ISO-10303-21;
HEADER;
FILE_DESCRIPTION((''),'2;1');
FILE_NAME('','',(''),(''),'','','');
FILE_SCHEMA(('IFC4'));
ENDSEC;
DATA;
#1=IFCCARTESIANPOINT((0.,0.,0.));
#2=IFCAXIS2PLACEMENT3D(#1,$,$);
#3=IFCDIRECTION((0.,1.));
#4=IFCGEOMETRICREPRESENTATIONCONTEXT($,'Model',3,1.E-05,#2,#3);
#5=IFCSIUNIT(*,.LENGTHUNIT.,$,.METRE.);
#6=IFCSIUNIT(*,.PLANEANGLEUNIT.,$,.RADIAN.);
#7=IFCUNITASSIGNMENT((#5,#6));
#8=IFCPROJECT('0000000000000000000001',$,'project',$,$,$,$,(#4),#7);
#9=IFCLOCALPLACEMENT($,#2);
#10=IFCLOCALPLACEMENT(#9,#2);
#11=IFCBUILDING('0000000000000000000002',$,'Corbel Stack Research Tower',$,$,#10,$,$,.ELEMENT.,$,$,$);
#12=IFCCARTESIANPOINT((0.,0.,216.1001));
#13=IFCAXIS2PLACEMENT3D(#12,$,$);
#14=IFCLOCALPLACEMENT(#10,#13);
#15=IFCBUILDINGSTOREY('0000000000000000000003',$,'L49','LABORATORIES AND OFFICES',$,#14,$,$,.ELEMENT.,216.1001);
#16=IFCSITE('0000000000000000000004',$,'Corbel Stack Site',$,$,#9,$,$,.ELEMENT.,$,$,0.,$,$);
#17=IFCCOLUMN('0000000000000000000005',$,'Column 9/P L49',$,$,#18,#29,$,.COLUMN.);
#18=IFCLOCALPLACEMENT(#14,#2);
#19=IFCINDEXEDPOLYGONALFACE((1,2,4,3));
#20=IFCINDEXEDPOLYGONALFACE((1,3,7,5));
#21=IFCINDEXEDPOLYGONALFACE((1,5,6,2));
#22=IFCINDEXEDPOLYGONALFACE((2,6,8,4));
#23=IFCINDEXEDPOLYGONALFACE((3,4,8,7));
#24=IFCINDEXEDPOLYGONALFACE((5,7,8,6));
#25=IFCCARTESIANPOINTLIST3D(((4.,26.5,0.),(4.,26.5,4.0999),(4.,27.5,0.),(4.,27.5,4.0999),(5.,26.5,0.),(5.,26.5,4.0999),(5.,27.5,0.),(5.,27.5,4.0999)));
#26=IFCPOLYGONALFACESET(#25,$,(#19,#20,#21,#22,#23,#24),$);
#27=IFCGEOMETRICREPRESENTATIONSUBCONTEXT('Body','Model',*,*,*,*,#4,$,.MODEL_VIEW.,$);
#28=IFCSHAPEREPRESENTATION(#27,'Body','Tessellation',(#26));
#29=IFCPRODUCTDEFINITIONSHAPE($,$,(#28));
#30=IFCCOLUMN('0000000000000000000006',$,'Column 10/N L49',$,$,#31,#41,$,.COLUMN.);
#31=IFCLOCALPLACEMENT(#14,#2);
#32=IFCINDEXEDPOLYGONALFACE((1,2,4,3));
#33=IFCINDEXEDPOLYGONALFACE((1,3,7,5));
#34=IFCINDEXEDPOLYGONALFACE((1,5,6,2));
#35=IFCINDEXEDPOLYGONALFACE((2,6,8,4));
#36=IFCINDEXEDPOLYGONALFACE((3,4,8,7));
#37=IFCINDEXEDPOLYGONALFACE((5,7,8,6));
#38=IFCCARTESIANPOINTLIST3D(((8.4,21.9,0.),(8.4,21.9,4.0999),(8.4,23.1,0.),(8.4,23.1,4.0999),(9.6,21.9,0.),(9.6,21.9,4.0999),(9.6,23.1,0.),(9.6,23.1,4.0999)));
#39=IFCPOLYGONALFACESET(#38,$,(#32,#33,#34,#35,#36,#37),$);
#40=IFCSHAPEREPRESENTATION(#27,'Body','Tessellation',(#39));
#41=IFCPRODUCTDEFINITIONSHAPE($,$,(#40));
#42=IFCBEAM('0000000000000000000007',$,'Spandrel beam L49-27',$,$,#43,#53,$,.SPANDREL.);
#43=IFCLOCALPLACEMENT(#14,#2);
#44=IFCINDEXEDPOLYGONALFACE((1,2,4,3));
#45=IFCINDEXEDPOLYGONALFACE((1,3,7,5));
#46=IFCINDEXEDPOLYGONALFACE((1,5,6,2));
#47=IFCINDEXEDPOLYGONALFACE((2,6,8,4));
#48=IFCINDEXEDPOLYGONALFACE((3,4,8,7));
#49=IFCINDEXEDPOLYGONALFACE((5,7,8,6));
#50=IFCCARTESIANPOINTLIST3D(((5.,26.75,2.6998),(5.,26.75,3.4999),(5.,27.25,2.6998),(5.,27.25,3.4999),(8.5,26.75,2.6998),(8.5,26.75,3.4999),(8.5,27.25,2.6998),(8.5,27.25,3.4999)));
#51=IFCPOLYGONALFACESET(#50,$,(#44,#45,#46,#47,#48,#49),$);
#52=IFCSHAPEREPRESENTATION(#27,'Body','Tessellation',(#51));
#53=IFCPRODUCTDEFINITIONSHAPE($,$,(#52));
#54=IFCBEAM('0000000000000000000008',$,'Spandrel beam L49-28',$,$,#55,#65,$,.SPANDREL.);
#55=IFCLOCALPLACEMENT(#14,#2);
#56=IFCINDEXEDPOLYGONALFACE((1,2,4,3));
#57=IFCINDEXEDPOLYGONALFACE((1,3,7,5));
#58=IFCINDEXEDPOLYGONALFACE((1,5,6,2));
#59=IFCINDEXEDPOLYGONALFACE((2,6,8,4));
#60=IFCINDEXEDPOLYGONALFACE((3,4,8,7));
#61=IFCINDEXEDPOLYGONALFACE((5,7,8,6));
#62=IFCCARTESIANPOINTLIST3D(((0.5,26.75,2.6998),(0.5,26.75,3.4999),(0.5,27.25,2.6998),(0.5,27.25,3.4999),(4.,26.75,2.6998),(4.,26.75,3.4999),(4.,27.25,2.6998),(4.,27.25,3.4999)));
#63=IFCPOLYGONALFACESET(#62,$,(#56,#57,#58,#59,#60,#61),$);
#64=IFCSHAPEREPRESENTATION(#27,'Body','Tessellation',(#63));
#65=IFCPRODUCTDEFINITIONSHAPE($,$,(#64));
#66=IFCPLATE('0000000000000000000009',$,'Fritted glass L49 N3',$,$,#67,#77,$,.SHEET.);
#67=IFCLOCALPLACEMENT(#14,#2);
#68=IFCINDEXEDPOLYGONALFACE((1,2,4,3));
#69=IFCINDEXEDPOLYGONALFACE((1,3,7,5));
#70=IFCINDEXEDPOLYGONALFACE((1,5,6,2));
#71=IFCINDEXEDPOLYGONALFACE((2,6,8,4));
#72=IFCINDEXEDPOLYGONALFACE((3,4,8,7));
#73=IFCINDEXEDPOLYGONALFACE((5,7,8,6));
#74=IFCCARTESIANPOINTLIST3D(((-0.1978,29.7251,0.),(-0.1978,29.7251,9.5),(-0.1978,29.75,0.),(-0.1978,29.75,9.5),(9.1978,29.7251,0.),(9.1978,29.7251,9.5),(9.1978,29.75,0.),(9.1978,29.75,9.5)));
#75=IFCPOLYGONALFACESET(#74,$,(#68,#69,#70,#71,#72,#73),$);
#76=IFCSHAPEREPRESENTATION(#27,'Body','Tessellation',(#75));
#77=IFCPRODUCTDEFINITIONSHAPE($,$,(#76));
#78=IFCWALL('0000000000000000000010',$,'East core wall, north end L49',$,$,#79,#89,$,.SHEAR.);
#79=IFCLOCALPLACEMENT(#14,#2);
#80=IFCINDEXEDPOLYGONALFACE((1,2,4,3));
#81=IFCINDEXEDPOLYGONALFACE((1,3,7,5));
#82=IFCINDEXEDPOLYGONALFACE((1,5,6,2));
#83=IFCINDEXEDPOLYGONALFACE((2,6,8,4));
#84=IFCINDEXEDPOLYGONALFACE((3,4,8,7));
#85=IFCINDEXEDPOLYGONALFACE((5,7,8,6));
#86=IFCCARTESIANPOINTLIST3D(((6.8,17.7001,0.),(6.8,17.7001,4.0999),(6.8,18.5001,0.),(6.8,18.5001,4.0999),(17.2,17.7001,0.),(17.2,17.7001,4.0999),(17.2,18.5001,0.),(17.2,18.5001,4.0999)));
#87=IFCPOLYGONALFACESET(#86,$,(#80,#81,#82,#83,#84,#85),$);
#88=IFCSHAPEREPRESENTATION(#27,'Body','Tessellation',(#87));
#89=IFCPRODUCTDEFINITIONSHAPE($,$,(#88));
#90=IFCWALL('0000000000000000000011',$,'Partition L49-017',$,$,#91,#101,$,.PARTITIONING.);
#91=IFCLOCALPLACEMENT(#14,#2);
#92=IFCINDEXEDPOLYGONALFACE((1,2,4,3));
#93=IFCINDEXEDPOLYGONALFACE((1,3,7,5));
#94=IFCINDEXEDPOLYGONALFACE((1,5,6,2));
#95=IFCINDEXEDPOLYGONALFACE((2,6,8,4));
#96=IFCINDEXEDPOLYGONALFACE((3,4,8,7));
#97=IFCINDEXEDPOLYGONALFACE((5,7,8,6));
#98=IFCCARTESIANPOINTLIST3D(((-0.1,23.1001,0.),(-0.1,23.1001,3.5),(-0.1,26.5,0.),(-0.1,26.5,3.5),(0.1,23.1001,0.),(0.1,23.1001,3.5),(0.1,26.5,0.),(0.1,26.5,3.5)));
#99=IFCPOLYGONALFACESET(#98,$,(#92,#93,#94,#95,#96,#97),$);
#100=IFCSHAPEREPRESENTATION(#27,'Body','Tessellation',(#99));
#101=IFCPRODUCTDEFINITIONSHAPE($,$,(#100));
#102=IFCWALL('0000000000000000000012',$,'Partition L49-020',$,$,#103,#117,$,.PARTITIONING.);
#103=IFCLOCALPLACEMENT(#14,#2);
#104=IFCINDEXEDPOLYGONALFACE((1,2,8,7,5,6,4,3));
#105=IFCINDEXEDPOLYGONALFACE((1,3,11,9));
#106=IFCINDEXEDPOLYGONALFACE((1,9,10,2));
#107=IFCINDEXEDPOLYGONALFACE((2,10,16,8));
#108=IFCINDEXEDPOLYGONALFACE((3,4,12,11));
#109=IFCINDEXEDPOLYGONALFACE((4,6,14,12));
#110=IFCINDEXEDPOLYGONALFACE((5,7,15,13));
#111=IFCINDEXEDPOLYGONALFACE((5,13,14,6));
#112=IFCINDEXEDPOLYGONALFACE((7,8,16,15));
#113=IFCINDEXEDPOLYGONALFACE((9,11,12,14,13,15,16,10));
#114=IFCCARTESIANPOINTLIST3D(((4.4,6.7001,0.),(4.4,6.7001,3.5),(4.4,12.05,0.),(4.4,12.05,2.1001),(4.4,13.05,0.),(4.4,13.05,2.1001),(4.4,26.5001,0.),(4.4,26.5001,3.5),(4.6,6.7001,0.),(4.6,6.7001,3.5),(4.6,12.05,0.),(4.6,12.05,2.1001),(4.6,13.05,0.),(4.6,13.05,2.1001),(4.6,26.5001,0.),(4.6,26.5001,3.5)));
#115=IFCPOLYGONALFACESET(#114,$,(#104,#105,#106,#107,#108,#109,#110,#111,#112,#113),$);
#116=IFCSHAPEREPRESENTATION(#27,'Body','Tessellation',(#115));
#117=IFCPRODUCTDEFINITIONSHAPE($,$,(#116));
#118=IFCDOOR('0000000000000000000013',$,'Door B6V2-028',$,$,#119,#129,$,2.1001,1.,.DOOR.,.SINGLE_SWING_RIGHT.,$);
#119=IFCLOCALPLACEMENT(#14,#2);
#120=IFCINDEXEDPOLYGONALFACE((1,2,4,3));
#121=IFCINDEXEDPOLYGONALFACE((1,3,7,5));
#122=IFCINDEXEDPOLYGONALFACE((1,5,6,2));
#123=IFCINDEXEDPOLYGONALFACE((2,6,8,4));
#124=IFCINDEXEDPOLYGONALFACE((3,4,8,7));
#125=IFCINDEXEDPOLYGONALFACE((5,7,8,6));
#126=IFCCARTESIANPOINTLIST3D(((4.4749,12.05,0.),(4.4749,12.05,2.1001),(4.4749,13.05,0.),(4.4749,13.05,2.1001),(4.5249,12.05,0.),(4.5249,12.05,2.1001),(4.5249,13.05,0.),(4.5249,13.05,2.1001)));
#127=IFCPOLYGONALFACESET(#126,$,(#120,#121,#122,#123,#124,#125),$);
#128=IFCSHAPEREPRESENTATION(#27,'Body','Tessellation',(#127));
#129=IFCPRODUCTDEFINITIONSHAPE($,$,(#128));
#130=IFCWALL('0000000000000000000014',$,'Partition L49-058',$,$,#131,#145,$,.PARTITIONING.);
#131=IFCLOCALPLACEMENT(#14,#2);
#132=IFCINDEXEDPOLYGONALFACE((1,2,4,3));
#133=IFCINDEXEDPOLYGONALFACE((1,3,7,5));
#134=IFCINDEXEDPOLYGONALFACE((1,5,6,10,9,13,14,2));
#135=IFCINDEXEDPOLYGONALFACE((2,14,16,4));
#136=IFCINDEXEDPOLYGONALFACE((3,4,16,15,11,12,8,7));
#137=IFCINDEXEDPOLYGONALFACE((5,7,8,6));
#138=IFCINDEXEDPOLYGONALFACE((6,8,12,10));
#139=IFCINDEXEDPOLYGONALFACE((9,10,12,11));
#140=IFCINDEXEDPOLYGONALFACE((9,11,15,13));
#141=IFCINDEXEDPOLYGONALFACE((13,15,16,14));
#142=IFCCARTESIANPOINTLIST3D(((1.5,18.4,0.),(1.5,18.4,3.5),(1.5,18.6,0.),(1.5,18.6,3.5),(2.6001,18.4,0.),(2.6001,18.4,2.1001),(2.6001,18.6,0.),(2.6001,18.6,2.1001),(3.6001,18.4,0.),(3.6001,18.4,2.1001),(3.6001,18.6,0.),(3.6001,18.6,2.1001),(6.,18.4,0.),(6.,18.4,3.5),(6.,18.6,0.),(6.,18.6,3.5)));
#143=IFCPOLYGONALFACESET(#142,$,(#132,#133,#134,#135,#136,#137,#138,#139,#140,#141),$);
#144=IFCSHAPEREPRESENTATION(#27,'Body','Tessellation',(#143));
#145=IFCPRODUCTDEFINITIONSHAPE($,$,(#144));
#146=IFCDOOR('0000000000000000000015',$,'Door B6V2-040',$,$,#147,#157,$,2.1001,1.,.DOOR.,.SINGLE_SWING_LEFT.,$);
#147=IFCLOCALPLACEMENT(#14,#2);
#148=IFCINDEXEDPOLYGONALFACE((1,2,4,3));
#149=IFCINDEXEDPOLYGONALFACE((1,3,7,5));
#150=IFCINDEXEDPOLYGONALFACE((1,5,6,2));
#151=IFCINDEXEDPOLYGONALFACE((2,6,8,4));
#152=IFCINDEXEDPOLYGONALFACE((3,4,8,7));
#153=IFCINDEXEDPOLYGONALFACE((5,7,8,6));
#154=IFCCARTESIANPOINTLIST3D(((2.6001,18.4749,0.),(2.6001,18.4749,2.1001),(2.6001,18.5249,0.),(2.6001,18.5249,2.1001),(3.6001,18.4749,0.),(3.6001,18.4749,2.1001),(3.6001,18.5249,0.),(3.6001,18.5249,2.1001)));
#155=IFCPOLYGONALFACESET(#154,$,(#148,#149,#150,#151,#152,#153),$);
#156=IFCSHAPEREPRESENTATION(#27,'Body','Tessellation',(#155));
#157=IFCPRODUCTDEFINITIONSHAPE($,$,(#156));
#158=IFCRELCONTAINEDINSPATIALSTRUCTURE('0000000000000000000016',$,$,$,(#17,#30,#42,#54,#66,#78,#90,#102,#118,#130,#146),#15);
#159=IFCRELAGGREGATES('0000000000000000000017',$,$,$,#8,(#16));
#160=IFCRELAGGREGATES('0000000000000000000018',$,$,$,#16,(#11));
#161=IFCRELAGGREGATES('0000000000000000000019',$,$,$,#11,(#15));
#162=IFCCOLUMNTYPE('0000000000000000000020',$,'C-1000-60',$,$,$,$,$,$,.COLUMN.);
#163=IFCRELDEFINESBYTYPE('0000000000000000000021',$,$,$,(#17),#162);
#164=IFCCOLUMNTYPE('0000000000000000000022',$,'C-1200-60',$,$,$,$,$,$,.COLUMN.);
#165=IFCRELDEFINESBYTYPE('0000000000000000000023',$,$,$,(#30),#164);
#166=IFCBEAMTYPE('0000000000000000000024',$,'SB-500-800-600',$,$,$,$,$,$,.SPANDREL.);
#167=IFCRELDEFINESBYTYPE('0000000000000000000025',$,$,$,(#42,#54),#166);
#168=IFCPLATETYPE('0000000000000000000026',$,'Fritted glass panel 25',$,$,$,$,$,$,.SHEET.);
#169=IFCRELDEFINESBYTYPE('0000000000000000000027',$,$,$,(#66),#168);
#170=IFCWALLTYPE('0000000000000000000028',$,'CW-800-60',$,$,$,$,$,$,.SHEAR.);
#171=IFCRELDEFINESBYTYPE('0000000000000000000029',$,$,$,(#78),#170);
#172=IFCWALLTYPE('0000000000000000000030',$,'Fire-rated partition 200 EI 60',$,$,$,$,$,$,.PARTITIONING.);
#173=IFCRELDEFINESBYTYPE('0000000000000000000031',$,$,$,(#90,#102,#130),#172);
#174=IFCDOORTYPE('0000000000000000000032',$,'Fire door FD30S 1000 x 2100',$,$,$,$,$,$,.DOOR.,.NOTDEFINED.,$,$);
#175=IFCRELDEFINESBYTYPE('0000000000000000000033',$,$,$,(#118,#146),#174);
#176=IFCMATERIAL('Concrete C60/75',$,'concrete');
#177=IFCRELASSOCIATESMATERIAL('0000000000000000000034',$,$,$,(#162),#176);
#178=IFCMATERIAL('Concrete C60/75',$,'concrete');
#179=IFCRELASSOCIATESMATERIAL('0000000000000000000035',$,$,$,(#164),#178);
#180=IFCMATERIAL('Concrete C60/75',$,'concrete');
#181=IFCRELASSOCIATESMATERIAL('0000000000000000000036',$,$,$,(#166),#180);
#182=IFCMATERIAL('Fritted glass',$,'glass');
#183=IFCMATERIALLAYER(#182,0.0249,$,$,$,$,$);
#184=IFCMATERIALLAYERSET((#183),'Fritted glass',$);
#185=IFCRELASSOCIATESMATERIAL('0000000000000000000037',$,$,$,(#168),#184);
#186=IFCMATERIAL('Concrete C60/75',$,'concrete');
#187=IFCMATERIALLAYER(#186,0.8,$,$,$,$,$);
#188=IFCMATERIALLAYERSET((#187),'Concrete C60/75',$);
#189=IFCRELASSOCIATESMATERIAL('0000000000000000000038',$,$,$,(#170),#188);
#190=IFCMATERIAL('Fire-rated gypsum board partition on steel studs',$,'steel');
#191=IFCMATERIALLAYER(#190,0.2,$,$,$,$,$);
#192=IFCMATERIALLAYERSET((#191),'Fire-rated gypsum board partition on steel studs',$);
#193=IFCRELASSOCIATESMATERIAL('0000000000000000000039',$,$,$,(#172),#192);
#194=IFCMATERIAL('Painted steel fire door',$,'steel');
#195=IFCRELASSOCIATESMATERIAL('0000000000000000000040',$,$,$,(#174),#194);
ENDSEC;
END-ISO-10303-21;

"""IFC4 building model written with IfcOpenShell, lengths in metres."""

from ifc_helpers import new_model, si_unit, direction, frame, frame_2d, origin, origin_2d, place, context, subcontext, project, spatial, rectangle, extrude, material, layer, layer_set, material_profile, profile_set, type_object, element, fill, save


model = new_model("IFC4")

# Units and contexts
model_context = context("Model", 3, precision=1e-05, world=origin(), true_north=direction((0.0, 1.0)))
body_context = subcontext(model_context, "Body", "Model", "MODEL_VIEW")
ifc_project = project(units=[si_unit("LENGTHUNIT", "METRE"), si_unit("PLANEANGLEUNIT", "RADIAN")], contexts=[model_context])

# Site, building, storey
site_placement = place(None, origin())
site = spatial("IfcSite", under=ifc_project, at=site_placement, Name="Corbel Stack Site", CompositionType="ELEMENT", RefElevation=0.0)
building_placement = place(site_placement, origin())
building = spatial("IfcBuilding", under=site, at=building_placement, Name="Corbel Stack Research Tower", CompositionType="ELEMENT")
storey_placement = place(building_placement, frame((0.0, 0.0, 216.1001)))
storey = spatial("IfcBuildingStorey", under=building, at=storey_placement, Name="L49", Description="LABORATORIES AND OFFICES", CompositionType="ELEMENT", Elevation=216.1001)

# Columns
ifc_material_1 = material(Name="Concrete C60/75", Category="concrete")
ifc_material_profile_1 = material_profile(ifc_material_1, rectangle(XDim=1.0, YDim=1.0, at=origin_2d()), Name="RC 1000 x 1000")
ifc_profile_set_1 = profile_set([ifc_material_profile_1], Name="Concrete C60/75")
column_type_1 = type_object("IfcColumnType", Name="C-1000-60", PredefinedType="COLUMN", material=ifc_profile_set_1)
column_1_placement = place(storey_placement, frame((4.5, 27.0, 0.0), z_axis=(0.0, 0.0, 1.0), x_axis=(1.0, 0.0, 0.0)))
element("IfcColumn", 1, at=column_1_placement, inside=storey, type_object=column_type_1, Name="Column 9/P L49", PredefinedType="COLUMN", context=body_context, shape_type="SweptSolid", body=[
    extrude(rectangle(XDim=1.0, YDim=1.0, at=origin_2d()), origin(), (0.0, 0.0, 1.0), 4.0999),
])
ifc_material_2 = material(Name="Concrete C60/75", Category="concrete")
ifc_material_profile_2 = material_profile(ifc_material_2, rectangle(XDim=1.2, YDim=1.2, at=origin_2d()), Name="RC 1200 x 1200")
ifc_profile_set_2 = profile_set([ifc_material_profile_2], Name="Concrete C60/75")
column_type_2 = type_object("IfcColumnType", Name="C-1200-60", PredefinedType="COLUMN", material=ifc_profile_set_2)
column_2_placement = place(storey_placement, frame((9.0, 22.5, 0.0), z_axis=(0.0, 0.0, 1.0), x_axis=(1.0, 0.0, 0.0)))
element("IfcColumn", 2, at=column_2_placement, inside=storey, type_object=column_type_2, Name="Column 10/N L49", PredefinedType="COLUMN", context=body_context, shape_type="SweptSolid", body=[
    extrude(rectangle(XDim=1.2, YDim=1.2, at=origin_2d()), origin(), (0.0, 0.0, 1.0), 4.0999),
])

# Beams
ifc_material_3 = material(Name="Concrete C60/75", Category="concrete")
ifc_material_profile_3 = material_profile(ifc_material_3, rectangle(XDim=0.5, YDim=0.8, at=origin_2d()), Name="RC 500 x 800")
ifc_profile_set_3 = profile_set([ifc_material_profile_3], Name="Concrete C60/75")
beam_type = type_object("IfcBeamType", Name="SB-500-800-600", PredefinedType="SPANDREL", material=ifc_profile_set_3)
for number, where, z_axis, x_axis, name in (
    (3, (8.5, 27.0, 3.0999), (-1.0, 0.0, 0.0), (0.0, -1.0, 0.0), "Spandrel beam L49-27"),
    (4, (4.0, 27.0, 3.0999), (-1.0, 0.0, 0.0), (0.0, -1.0, 0.0), "Spandrel beam L49-28"),
):
    element("IfcBeam", number, at=place(storey_placement, frame(where, z_axis=z_axis, x_axis=x_axis)), inside=storey, type_object=beam_type, Name=name, PredefinedType="SPANDREL", context=body_context, shape_type="SweptSolid", body=[
        extrude(rectangle(XDim=0.5, YDim=0.8, at=origin_2d()), origin(), (0.0, 0.0, 1.0), 3.5),
    ])

# Plate
ifc_material_4 = material(Name="Fritted glass", Category="glass")
ifc_layer_1 = layer(ifc_material_4, 0.0249)
ifc_layer_set_1 = layer_set([ifc_layer_1], Name="Fritted glass")
plate_type = type_object("IfcPlateType", Name="Fritted glass panel 25", PredefinedType="SHEET", material=ifc_layer_set_1)
plate_placement = place(storey_placement, frame((4.5, 29.7375, 0.0), z_axis=(0.0, 0.0, 1.0), x_axis=(-1.0, 0.0, 0.0)))
element("IfcPlate", 5, at=plate_placement, inside=storey, type_object=plate_type, Name="Fritted glass L49 N3", PredefinedType="SHEET", context=body_context, shape_type="SweptSolid", body=[
    extrude(rectangle(XDim=9.3955, YDim=0.0249, at=origin_2d()), origin(), (0.0, 0.0, 1.0), 9.5),
])

# Walls
ifc_material_5 = material(Name="Concrete C60/75", Category="concrete")
ifc_layer_2 = layer(ifc_material_5, 0.8)
ifc_layer_set_2 = layer_set([ifc_layer_2], Name="Concrete C60/75")
wall_type_1 = type_object("IfcWallType", Name="CW-800-60", PredefinedType="SHEAR", material=ifc_layer_set_2)
wall_1_placement = place(storey_placement, frame((6.8, 18.1001, 0.0), z_axis=(0.0, 0.0, 1.0), x_axis=(1.0, 0.0, 0.0)))
element("IfcWall", 6, at=wall_1_placement, inside=storey, type_object=wall_type_1, Name="East core wall, north end L49", PredefinedType="SHEAR", context=body_context, shape_type="SweptSolid", body=[
    extrude(rectangle(XDim=10.3999, YDim=0.8, at=frame_2d((5.2, 0.0))), origin(), (0.0, 0.0, 1.0), 4.0999),
])
ifc_material_6 = material(Name="Fire-rated gypsum board partition on steel studs", Category="steel")
ifc_layer_3 = layer(ifc_material_6, 0.2)
ifc_layer_set_3 = layer_set([ifc_layer_3], Name="Fire-rated gypsum board partition on steel studs")
wall_type_2 = type_object("IfcWallType", Name="Fire-rated partition 200 EI 60", PredefinedType="PARTITIONING", material=ifc_layer_set_3)
wall_2_placement = place(storey_placement, frame((0.0, 23.1001, 0.0), z_axis=(0.0, 0.0, 1.0), x_axis=(0.0, 1.0, 0.0)))
element("IfcWall", 7, at=wall_2_placement, inside=storey, type_object=wall_type_2, Name="Partition L49-017", PredefinedType="PARTITIONING", context=body_context, shape_type="SweptSolid", body=[
    extrude(rectangle(XDim=3.3999, YDim=0.2, at=frame_2d((1.7, 0.0))), origin(), (0.0, 0.0, 1.0), 3.5),
])

# Walls, openings, doors
wall_3_placement = place(storey_placement, frame((4.5, 26.5, 0.0), z_axis=(0.0, 0.0, 1.0), x_axis=(0.0, -1.0, 0.0)))
wall_3 = element("IfcWall", 8, at=wall_3_placement, inside=storey, type_object=wall_type_2, Name="Partition L49-020", PredefinedType="PARTITIONING", context=body_context, shape_type="SweptSolid", body=[
    extrude(rectangle(XDim=19.8, YDim=0.2, at=frame_2d((9.8999, 0.0))), origin(), (0.0, 0.0, 1.0), 3.5),
])
opening_1_placement = place(wall_3_placement, frame((13.45, 0.0, 0.0)))
opening_1 = element("IfcOpeningElement", 9, at=opening_1_placement, cuts=wall_3, PredefinedType="OPENING", context=body_context, shape_type="SweptSolid", body=[
    extrude(rectangle(XDim=1.0, YDim=2.1001, at=frame_2d((0.5, 1.05))), frame((0.0, 0.1099, 0.0), z_axis=(0.0, -1.0, 0.0), x_axis=(1.0, 0.0, 0.0)), (0.0, 0.0, 1.0), 0.22),
])
ifc_material_7 = material(Name="Painted steel fire door", Category="steel")
door_type_1 = type_object("IfcDoorType", Name="Fire door FD30S 1000 x 2100", OperationType="NOTDEFINED", PredefinedType="DOOR", material=ifc_material_7)
door_1_placement = place(opening_1_placement, origin())
door_1 = element("IfcDoor", 10, at=door_1_placement, inside=storey, type_object=door_type_1, Name="Door B6V2-028", OperationType="SINGLE_SWING_RIGHT", OverallHeight=2.1001, OverallWidth=1.0, PredefinedType="DOOR", context=body_context, shape_type="SweptSolid", body=[
    extrude(rectangle(XDim=1.0, YDim=2.1001, at=frame_2d((0.5, 1.05))), frame((0.0, 0.0249, 0.0), z_axis=(0.0, -1.0, 0.0), x_axis=(1.0, 0.0, 0.0)), (0.0, 0.0, 1.0), 0.05),
])
fill(opening_1, door_1)
wall_4_placement = place(storey_placement, frame((1.5, 18.5, 0.0), z_axis=(0.0, 0.0, 1.0), x_axis=(1.0, 0.0, 0.0)))
wall_4 = element("IfcWall", 11, at=wall_4_placement, inside=storey, type_object=wall_type_2, Name="Partition L49-058", PredefinedType="PARTITIONING", context=body_context, shape_type="SweptSolid", body=[
    extrude(rectangle(XDim=4.5, YDim=0.2, at=frame_2d((2.25, 0.0))), origin(), (0.0, 0.0, 1.0), 3.5),
])
opening_2_placement = place(wall_4_placement, frame((1.1001, 0.0, 0.0)))
opening_2 = element("IfcOpeningElement", 12, at=opening_2_placement, cuts=wall_4, PredefinedType="OPENING", context=body_context, shape_type="SweptSolid", body=[
    extrude(rectangle(XDim=1.0, YDim=2.1001, at=frame_2d((0.5, 1.05))), frame((0.0, 0.1099, 0.0), z_axis=(0.0, -1.0, 0.0), x_axis=(1.0, 0.0, 0.0)), (0.0, 0.0, 1.0), 0.22),
])
door_2_placement = place(opening_2_placement, origin())
door_2 = element("IfcDoor", 13, at=door_2_placement, inside=storey, type_object=door_type_1, Name="Door B6V2-040", OperationType="SINGLE_SWING_LEFT", OverallHeight=2.1001, OverallWidth=1.0, PredefinedType="DOOR", context=body_context, shape_type="SweptSolid", body=[
    extrude(rectangle(XDim=1.0, YDim=2.1001, at=frame_2d((0.5, 1.05))), frame((0.0, 0.0249, 0.0), z_axis=(0.0, -1.0, 0.0), x_axis=(1.0, 0.0, 0.0)), (0.0, 0.0, 1.0), 0.05),
])
fill(opening_2, door_2)

save(model, "model.ifc")
